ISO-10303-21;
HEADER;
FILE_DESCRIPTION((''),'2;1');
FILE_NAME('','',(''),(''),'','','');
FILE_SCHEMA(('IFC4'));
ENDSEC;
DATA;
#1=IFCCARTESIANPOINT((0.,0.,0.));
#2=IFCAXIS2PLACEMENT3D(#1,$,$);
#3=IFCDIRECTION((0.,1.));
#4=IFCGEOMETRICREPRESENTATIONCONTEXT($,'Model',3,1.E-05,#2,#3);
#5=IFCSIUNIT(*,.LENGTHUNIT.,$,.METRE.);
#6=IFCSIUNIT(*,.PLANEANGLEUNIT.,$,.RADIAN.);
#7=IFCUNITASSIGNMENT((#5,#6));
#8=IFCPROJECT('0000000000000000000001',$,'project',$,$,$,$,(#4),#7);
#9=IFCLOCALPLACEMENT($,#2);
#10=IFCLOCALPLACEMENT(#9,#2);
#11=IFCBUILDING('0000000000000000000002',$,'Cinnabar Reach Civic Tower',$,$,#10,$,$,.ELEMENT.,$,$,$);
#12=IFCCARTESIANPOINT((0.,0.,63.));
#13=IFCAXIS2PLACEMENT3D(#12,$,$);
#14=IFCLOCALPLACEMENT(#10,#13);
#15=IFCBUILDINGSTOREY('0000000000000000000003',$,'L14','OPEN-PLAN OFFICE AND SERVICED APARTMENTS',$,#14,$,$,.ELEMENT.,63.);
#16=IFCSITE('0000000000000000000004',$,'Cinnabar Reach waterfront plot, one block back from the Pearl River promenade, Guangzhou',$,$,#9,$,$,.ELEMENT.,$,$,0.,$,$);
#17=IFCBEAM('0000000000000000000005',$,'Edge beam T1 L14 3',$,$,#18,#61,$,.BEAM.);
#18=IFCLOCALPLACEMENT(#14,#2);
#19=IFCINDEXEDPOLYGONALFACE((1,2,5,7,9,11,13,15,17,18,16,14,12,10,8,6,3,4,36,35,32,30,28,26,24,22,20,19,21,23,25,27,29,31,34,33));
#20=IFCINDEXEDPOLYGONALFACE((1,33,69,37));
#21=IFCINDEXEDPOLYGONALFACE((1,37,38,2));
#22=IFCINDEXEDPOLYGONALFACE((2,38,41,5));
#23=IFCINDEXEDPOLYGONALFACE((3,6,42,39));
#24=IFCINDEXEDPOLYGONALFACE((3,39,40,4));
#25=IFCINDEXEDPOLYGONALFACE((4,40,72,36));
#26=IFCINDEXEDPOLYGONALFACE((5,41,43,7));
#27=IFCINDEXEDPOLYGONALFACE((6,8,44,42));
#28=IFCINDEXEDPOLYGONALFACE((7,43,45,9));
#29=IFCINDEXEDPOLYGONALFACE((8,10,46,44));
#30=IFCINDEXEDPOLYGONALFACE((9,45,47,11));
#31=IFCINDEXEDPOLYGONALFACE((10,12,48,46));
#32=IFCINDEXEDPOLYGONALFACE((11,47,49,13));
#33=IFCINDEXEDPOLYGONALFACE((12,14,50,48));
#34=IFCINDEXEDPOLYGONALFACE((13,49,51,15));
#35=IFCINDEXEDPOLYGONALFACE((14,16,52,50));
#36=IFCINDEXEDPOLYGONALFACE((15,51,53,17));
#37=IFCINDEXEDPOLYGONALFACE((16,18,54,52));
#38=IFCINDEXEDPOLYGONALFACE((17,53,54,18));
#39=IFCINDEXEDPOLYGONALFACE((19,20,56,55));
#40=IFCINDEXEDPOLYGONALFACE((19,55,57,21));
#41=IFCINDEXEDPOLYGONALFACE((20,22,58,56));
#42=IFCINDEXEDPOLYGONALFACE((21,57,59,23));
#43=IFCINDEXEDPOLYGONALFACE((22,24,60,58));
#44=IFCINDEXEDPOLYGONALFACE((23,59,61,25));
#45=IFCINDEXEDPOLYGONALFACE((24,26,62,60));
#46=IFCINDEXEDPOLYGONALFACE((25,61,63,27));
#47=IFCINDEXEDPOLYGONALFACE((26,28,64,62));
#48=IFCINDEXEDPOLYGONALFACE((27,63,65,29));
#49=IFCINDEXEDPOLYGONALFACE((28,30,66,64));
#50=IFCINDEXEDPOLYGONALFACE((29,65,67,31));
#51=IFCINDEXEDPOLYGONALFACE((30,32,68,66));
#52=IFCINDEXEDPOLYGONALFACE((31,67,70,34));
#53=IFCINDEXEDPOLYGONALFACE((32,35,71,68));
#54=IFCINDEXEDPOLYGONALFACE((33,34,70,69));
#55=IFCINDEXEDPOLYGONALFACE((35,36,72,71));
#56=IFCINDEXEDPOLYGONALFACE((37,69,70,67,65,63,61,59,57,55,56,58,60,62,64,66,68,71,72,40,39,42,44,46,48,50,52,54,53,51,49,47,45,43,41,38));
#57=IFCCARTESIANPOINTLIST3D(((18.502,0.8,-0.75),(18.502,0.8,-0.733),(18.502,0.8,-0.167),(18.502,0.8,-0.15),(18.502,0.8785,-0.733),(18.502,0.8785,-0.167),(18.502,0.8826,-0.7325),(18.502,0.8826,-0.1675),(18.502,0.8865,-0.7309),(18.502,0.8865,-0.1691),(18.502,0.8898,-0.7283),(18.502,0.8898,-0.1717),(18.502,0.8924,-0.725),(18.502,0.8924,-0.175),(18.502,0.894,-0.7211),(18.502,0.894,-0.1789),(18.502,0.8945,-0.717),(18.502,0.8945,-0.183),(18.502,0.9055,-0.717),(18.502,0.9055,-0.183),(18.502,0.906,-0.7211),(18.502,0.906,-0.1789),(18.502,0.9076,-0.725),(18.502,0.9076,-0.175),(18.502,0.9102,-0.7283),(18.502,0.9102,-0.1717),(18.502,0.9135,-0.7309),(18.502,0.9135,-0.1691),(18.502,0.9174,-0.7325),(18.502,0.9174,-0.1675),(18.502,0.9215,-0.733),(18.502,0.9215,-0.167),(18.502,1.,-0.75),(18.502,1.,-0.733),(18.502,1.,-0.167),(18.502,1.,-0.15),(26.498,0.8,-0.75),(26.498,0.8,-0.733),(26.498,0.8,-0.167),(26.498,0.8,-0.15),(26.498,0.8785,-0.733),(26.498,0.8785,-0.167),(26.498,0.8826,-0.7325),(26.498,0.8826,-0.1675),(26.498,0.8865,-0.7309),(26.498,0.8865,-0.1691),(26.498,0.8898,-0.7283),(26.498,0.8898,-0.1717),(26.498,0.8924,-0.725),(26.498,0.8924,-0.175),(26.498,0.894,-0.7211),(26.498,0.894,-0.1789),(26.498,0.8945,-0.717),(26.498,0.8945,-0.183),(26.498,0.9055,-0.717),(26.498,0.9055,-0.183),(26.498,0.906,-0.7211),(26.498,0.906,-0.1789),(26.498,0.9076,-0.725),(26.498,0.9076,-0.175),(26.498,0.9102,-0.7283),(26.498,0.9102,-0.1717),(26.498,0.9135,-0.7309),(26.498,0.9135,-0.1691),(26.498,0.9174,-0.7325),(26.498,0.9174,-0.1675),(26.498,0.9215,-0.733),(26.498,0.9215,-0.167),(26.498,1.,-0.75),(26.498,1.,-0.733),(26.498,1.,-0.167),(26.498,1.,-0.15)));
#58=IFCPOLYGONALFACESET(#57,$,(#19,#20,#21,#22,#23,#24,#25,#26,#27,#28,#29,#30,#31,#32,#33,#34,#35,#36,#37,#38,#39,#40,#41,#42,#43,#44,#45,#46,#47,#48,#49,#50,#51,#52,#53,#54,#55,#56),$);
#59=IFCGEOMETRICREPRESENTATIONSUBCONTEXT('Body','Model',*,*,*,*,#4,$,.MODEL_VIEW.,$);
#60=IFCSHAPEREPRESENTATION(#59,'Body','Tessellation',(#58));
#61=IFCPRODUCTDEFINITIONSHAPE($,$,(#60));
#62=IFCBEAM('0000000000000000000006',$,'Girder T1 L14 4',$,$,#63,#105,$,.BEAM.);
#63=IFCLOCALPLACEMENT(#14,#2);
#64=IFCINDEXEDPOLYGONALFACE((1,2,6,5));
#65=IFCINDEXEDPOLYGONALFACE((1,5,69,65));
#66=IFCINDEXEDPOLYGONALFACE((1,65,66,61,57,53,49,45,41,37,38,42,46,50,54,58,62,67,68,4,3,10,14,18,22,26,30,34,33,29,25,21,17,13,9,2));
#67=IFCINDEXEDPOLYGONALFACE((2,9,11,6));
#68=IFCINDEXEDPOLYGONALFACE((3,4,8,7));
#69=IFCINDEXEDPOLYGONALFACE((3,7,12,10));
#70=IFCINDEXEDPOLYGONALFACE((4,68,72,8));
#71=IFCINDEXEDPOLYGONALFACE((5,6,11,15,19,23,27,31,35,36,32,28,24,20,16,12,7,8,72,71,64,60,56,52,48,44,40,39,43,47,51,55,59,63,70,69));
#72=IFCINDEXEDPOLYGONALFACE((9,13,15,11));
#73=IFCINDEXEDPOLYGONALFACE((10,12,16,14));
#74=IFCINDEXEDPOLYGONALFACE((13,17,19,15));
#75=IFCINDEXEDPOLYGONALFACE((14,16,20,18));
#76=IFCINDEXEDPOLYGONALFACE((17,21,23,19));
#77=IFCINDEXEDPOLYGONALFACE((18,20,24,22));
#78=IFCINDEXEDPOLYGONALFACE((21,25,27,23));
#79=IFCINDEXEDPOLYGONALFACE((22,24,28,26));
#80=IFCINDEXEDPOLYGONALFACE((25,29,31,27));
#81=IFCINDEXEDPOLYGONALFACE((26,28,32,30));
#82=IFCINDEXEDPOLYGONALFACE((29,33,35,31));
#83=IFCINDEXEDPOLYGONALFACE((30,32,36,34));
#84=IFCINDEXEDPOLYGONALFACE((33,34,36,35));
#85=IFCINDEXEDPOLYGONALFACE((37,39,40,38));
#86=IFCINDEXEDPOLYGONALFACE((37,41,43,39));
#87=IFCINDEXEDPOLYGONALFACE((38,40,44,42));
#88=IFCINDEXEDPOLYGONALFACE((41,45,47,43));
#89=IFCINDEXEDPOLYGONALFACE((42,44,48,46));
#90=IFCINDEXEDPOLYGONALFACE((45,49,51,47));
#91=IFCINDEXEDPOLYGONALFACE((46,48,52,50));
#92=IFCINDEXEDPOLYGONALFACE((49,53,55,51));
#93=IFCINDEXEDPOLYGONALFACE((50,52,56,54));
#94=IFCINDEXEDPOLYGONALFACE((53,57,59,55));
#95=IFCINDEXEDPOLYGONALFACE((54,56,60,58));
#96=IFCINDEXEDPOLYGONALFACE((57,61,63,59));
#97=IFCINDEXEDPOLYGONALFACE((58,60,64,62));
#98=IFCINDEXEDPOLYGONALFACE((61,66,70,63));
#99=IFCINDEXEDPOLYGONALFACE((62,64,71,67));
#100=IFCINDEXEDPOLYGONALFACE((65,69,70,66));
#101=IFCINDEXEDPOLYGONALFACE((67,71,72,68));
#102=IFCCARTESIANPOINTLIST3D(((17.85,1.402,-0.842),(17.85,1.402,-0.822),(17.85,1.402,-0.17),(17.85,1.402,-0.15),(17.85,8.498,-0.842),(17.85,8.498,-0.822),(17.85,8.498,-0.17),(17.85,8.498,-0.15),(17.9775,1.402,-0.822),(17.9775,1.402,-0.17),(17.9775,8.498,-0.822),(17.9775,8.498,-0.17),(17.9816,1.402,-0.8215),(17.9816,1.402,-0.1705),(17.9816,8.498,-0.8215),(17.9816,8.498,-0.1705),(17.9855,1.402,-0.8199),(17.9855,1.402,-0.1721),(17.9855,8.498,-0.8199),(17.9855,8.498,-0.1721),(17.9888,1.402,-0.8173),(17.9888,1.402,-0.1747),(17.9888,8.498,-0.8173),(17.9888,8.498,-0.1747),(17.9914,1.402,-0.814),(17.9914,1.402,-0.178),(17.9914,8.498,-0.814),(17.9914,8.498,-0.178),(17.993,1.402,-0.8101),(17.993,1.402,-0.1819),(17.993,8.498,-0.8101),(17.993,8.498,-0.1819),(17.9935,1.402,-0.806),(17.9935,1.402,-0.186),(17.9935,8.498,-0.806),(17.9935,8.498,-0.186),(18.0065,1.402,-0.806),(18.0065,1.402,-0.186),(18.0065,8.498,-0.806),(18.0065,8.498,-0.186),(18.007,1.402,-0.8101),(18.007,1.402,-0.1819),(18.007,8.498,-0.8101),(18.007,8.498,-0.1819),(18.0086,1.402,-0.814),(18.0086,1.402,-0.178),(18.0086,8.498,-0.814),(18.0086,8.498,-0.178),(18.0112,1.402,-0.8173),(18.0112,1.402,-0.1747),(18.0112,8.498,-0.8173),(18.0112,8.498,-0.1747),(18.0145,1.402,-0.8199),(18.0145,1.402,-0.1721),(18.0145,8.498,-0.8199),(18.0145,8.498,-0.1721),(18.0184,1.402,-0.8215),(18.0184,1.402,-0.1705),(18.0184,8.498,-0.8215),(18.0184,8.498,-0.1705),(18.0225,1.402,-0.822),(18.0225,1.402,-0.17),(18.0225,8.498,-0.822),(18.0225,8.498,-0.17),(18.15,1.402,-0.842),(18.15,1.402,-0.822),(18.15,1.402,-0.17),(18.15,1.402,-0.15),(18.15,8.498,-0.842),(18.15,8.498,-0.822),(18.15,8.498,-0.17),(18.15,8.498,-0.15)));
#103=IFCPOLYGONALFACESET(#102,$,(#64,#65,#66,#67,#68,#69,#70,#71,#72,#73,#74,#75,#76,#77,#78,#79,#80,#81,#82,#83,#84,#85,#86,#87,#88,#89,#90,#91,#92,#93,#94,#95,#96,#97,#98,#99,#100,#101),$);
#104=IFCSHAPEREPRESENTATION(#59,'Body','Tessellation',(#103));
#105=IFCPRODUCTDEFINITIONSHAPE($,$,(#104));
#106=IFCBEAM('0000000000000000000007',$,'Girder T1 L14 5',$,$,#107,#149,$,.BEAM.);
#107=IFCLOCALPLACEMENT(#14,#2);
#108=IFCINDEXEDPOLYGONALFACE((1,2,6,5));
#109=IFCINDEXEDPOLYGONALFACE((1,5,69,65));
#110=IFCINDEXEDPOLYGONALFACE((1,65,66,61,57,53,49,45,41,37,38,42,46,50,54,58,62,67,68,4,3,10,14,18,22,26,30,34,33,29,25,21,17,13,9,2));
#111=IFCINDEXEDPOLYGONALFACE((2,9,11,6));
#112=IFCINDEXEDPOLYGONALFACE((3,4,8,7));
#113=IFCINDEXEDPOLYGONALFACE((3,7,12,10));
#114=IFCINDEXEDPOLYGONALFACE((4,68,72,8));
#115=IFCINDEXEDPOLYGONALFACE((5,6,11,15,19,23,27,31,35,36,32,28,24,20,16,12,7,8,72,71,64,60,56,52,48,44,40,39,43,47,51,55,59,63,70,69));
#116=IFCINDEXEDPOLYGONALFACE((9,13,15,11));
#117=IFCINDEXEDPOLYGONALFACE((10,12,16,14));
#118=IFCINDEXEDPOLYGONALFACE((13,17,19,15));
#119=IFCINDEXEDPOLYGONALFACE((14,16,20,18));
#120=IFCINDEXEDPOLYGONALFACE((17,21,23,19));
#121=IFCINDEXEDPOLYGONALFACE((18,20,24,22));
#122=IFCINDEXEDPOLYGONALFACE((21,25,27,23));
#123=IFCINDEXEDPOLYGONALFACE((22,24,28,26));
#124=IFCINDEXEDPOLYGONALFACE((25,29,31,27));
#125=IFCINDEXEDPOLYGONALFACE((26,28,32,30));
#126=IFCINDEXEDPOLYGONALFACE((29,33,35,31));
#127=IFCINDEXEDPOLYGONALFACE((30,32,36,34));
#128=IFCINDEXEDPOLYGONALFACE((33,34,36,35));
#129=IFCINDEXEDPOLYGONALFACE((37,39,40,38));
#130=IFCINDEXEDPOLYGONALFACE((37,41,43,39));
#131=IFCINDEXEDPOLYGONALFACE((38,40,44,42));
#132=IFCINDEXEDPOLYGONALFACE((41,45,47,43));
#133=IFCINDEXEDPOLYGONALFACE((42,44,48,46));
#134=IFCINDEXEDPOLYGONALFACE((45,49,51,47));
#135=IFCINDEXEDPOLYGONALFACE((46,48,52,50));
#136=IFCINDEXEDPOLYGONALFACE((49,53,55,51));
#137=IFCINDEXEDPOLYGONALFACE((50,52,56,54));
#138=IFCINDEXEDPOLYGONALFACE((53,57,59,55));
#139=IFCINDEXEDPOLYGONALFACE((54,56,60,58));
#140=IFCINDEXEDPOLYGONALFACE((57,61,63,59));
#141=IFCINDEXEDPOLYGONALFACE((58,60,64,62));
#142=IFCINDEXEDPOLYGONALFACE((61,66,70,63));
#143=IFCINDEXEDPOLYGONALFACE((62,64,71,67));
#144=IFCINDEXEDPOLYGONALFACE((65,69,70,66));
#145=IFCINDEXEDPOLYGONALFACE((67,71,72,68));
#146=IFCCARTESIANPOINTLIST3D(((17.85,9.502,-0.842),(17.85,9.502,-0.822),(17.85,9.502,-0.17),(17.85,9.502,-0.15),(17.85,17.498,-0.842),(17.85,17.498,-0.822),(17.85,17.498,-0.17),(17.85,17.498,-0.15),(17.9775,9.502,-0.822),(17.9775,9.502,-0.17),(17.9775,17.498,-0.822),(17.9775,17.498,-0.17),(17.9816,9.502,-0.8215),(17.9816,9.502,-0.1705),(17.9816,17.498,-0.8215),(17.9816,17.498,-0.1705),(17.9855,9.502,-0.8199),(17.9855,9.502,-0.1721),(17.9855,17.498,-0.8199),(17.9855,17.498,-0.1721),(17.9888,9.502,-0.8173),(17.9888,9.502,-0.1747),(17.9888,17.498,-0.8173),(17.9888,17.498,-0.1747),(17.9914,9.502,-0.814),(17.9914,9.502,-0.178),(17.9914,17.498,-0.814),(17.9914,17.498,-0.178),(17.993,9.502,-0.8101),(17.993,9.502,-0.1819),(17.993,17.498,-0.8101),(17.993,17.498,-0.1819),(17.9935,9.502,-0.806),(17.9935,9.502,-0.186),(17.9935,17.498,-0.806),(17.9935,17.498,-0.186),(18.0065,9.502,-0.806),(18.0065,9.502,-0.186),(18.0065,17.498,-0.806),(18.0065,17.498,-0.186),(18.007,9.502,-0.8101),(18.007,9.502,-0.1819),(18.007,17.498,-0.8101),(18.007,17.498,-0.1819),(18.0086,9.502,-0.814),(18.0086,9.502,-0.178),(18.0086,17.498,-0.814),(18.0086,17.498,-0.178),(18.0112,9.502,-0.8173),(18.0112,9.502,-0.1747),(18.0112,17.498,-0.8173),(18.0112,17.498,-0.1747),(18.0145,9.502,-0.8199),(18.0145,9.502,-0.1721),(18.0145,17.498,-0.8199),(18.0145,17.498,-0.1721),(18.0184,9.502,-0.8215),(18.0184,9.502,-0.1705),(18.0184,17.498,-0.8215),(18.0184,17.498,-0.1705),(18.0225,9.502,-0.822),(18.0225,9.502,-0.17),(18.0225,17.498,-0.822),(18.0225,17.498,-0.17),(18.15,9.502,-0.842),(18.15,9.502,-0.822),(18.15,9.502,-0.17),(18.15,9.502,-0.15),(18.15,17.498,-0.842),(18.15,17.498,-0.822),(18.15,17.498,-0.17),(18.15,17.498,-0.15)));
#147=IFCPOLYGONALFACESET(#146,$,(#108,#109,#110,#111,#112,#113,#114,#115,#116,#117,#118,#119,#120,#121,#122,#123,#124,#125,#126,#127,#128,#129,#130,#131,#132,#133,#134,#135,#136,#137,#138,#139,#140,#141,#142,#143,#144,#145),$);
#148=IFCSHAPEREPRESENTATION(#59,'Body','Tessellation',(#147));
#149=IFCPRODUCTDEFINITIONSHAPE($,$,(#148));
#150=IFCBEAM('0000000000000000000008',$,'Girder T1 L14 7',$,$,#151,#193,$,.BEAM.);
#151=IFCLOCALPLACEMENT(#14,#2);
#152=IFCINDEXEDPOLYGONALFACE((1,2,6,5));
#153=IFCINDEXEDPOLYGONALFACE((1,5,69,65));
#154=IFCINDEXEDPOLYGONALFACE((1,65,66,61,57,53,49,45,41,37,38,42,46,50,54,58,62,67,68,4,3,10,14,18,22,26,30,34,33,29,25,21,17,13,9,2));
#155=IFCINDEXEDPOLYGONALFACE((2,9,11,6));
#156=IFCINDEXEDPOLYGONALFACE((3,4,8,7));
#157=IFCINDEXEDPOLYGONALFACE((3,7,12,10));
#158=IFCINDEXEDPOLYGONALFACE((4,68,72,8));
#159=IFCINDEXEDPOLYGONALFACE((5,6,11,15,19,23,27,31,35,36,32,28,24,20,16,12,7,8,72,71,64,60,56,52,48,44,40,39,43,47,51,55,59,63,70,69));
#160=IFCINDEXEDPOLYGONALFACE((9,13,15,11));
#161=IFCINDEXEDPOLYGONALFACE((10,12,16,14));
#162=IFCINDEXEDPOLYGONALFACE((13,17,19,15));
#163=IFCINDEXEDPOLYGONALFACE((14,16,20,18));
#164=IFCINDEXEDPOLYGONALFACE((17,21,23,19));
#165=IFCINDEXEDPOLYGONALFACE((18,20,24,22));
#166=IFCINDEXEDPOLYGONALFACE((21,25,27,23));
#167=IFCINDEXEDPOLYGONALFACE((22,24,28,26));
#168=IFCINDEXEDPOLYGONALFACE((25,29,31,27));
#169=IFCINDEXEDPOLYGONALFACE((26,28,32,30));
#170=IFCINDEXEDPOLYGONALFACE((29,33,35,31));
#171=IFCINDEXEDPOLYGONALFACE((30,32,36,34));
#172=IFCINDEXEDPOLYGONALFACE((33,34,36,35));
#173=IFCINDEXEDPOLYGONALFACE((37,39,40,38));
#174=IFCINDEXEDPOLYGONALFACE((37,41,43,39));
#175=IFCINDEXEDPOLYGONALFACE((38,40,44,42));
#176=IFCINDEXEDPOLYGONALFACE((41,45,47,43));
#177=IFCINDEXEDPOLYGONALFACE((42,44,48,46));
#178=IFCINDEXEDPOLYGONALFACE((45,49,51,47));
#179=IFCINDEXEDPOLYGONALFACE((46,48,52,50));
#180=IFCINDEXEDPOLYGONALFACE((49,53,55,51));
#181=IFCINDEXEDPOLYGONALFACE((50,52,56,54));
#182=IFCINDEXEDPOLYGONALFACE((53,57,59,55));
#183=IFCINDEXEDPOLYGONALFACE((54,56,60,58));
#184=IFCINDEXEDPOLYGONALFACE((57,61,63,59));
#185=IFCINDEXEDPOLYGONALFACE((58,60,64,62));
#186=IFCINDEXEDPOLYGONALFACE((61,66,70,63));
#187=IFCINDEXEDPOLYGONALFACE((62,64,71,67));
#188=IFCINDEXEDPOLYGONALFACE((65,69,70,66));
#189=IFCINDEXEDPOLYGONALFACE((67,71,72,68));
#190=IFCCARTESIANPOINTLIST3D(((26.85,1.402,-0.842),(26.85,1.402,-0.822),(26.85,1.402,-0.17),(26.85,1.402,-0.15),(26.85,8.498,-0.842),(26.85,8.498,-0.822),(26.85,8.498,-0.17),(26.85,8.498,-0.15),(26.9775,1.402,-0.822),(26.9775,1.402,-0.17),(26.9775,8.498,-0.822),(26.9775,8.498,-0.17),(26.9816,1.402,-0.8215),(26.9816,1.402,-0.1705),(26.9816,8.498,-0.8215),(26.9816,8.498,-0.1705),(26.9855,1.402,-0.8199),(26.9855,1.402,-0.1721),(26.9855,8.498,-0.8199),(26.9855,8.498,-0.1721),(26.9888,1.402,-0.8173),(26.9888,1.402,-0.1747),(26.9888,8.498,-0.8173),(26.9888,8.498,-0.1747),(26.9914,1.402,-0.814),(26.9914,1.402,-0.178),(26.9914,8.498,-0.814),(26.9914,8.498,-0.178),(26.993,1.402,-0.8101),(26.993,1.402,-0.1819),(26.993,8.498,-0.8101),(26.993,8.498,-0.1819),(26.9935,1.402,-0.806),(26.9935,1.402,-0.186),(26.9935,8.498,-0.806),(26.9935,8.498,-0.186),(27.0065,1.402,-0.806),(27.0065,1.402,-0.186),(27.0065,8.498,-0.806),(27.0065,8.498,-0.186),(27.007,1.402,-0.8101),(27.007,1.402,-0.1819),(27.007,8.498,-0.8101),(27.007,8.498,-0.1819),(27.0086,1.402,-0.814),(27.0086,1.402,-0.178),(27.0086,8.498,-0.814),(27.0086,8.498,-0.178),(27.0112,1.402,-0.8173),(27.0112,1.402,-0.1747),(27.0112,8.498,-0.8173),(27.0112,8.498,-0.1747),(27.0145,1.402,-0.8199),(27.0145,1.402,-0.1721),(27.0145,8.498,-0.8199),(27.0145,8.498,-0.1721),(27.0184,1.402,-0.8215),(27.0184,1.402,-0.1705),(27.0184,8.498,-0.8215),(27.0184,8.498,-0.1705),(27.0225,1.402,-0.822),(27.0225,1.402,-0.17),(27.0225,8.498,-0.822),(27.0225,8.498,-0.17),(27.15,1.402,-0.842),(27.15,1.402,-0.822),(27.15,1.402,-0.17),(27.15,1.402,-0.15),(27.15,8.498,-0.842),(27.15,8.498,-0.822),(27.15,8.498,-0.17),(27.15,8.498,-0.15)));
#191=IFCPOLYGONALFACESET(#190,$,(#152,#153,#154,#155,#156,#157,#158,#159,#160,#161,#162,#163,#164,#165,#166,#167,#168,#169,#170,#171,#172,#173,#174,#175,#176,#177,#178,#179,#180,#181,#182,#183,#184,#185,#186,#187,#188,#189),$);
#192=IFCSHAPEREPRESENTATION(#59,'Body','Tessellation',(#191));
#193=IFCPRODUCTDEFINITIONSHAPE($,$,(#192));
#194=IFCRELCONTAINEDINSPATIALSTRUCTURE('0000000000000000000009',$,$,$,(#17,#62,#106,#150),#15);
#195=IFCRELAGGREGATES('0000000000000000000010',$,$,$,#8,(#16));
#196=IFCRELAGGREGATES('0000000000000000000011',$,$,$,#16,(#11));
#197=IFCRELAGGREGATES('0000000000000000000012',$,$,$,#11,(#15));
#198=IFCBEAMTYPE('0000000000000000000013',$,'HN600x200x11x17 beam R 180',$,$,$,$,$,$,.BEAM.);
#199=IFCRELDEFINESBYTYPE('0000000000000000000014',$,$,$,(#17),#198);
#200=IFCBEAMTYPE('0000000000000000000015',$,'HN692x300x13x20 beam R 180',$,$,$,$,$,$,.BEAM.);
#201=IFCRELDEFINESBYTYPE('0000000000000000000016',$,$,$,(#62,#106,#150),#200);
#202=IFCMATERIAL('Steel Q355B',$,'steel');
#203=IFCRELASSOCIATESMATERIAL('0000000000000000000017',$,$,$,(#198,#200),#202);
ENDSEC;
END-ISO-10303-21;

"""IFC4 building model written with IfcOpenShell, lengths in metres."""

from ifc_helpers import new_model, si_unit, direction, frame, origin, origin_2d, place, context, subcontext, project, spatial, i_section, extrude, material, material_profile, profile_set, type_object, element, save


model = new_model("IFC4")

# Units and contexts
model_context = context("Model", 3, precision=1e-05, world=origin(), true_north=direction((0.0, 1.0)))
body_context = subcontext(model_context, "Body", "Model", "MODEL_VIEW")
ifc_project = project(units=[si_unit("LENGTHUNIT", "METRE"), si_unit("PLANEANGLEUNIT", "RADIAN")], contexts=[model_context])

# Site, building, storey
site_placement = place(None, origin())
site = spatial("IfcSite", under=ifc_project, at=site_placement, Name="Cinnabar Reach waterfront plot, one block back from the Pearl River promenade, Guangzhou", CompositionType="ELEMENT", RefElevation=0.0)
building_placement = place(site_placement, origin())
building = spatial("IfcBuilding", under=site, at=building_placement, Name="Cinnabar Reach Civic Tower", CompositionType="ELEMENT")
storey_placement = place(building_placement, frame((0.0, 0.0, 63.0)))
storey = spatial("IfcBuildingStorey", under=building, at=storey_placement, Name="L14", Description="OPEN-PLAN OFFICE AND SERVICED APARTMENTS", CompositionType="ELEMENT", Elevation=63.0)

# Beams
ifc_material_1 = material(Name="Steel Q355B", Category="steel")
ifc_material_profile_1 = material_profile(ifc_material_1, i_section(OverallWidth=0.2, OverallDepth=0.6, WebThickness=0.011, FlangeThickness=0.017, FilletRadius=0.016, at=origin_2d()), Name="HN600x200x11x17")
ifc_profile_set_1 = profile_set([ifc_material_profile_1], Name="Steel Q355B")
beam_type_1 = type_object("IfcBeamType", Name="HN600x200x11x17 beam R 180", PredefinedType="BEAM", material=ifc_profile_set_1)
for number, where, z_axis, x_axis, name in (
    (1, (18.502, 0.9, -0.45), (1.0, 0.0, 0.0), (0.0, 1.0, 0.0), "Edge beam T1 L14 3"),
):
    element("IfcBeam", number, at=place(storey_placement, frame(where, z_axis=z_axis, x_axis=x_axis)), inside=storey, type_object=beam_type_1, Name=name, PredefinedType="BEAM", context=body_context, shape_type="SweptSolid", body=[
        extrude(i_section(OverallWidth=0.2, OverallDepth=0.6, WebThickness=0.011, FlangeThickness=0.017, FilletRadius=0.016, at=origin_2d()), origin(), (0.0, 0.0, 1.0), 7.996),
    ])
ifc_material_profile_2 = material_profile(ifc_material_1, i_section(OverallWidth=0.3, OverallDepth=0.692, WebThickness=0.013, FlangeThickness=0.02, FilletRadius=0.016, at=origin_2d()), Name="HN692x300x13x20")
ifc_profile_set_2 = profile_set([ifc_material_profile_2], Name="Steel Q355B")
beam_type_2 = type_object("IfcBeamType", Name="HN692x300x13x20 beam R 180", PredefinedType="BEAM", material=ifc_profile_set_2)
beam_1_placement = place(storey_placement, frame((18.0, 1.402, -0.496), z_axis=(0.0, 1.0, 0.0), x_axis=(-1.0, 0.0, 0.0)))
element("IfcBeam", 2, at=beam_1_placement, inside=storey, type_object=beam_type_2, Name="Girder T1 L14 4", PredefinedType="BEAM", context=body_context, shape_type="SweptSolid", body=[
    extrude(i_section(OverallWidth=0.3, OverallDepth=0.692, WebThickness=0.013, FlangeThickness=0.02, FilletRadius=0.016, at=origin_2d()), origin(), (0.0, 0.0, 1.0), 7.096),
])
beam_2_placement = place(storey_placement, frame((18.0, 9.502, -0.496), z_axis=(0.0, 1.0, 0.0), x_axis=(-1.0, 0.0, 0.0)))
element("IfcBeam", 3, at=beam_2_placement, inside=storey, type_object=beam_type_2, Name="Girder T1 L14 5", PredefinedType="BEAM", context=body_context, shape_type="SweptSolid", body=[
    extrude(i_section(OverallWidth=0.3, OverallDepth=0.692, WebThickness=0.013, FlangeThickness=0.02, FilletRadius=0.016, at=origin_2d()), origin(), (0.0, 0.0, 1.0), 7.996),
])
beam_3_placement = place(storey_placement, frame((27.0, 1.402, -0.496), z_axis=(0.0, 1.0, 0.0), x_axis=(-1.0, 0.0, 0.0)))
element("IfcBeam", 4, at=beam_3_placement, inside=storey, type_object=beam_type_2, Name="Girder T1 L14 7", PredefinedType="BEAM", context=body_context, shape_type="SweptSolid", body=[
    extrude(i_section(OverallWidth=0.3, OverallDepth=0.692, WebThickness=0.013, FlangeThickness=0.02, FilletRadius=0.016, at=origin_2d()), origin(), (0.0, 0.0, 1.0), 7.096),
])

save(model, "model.ifc")
